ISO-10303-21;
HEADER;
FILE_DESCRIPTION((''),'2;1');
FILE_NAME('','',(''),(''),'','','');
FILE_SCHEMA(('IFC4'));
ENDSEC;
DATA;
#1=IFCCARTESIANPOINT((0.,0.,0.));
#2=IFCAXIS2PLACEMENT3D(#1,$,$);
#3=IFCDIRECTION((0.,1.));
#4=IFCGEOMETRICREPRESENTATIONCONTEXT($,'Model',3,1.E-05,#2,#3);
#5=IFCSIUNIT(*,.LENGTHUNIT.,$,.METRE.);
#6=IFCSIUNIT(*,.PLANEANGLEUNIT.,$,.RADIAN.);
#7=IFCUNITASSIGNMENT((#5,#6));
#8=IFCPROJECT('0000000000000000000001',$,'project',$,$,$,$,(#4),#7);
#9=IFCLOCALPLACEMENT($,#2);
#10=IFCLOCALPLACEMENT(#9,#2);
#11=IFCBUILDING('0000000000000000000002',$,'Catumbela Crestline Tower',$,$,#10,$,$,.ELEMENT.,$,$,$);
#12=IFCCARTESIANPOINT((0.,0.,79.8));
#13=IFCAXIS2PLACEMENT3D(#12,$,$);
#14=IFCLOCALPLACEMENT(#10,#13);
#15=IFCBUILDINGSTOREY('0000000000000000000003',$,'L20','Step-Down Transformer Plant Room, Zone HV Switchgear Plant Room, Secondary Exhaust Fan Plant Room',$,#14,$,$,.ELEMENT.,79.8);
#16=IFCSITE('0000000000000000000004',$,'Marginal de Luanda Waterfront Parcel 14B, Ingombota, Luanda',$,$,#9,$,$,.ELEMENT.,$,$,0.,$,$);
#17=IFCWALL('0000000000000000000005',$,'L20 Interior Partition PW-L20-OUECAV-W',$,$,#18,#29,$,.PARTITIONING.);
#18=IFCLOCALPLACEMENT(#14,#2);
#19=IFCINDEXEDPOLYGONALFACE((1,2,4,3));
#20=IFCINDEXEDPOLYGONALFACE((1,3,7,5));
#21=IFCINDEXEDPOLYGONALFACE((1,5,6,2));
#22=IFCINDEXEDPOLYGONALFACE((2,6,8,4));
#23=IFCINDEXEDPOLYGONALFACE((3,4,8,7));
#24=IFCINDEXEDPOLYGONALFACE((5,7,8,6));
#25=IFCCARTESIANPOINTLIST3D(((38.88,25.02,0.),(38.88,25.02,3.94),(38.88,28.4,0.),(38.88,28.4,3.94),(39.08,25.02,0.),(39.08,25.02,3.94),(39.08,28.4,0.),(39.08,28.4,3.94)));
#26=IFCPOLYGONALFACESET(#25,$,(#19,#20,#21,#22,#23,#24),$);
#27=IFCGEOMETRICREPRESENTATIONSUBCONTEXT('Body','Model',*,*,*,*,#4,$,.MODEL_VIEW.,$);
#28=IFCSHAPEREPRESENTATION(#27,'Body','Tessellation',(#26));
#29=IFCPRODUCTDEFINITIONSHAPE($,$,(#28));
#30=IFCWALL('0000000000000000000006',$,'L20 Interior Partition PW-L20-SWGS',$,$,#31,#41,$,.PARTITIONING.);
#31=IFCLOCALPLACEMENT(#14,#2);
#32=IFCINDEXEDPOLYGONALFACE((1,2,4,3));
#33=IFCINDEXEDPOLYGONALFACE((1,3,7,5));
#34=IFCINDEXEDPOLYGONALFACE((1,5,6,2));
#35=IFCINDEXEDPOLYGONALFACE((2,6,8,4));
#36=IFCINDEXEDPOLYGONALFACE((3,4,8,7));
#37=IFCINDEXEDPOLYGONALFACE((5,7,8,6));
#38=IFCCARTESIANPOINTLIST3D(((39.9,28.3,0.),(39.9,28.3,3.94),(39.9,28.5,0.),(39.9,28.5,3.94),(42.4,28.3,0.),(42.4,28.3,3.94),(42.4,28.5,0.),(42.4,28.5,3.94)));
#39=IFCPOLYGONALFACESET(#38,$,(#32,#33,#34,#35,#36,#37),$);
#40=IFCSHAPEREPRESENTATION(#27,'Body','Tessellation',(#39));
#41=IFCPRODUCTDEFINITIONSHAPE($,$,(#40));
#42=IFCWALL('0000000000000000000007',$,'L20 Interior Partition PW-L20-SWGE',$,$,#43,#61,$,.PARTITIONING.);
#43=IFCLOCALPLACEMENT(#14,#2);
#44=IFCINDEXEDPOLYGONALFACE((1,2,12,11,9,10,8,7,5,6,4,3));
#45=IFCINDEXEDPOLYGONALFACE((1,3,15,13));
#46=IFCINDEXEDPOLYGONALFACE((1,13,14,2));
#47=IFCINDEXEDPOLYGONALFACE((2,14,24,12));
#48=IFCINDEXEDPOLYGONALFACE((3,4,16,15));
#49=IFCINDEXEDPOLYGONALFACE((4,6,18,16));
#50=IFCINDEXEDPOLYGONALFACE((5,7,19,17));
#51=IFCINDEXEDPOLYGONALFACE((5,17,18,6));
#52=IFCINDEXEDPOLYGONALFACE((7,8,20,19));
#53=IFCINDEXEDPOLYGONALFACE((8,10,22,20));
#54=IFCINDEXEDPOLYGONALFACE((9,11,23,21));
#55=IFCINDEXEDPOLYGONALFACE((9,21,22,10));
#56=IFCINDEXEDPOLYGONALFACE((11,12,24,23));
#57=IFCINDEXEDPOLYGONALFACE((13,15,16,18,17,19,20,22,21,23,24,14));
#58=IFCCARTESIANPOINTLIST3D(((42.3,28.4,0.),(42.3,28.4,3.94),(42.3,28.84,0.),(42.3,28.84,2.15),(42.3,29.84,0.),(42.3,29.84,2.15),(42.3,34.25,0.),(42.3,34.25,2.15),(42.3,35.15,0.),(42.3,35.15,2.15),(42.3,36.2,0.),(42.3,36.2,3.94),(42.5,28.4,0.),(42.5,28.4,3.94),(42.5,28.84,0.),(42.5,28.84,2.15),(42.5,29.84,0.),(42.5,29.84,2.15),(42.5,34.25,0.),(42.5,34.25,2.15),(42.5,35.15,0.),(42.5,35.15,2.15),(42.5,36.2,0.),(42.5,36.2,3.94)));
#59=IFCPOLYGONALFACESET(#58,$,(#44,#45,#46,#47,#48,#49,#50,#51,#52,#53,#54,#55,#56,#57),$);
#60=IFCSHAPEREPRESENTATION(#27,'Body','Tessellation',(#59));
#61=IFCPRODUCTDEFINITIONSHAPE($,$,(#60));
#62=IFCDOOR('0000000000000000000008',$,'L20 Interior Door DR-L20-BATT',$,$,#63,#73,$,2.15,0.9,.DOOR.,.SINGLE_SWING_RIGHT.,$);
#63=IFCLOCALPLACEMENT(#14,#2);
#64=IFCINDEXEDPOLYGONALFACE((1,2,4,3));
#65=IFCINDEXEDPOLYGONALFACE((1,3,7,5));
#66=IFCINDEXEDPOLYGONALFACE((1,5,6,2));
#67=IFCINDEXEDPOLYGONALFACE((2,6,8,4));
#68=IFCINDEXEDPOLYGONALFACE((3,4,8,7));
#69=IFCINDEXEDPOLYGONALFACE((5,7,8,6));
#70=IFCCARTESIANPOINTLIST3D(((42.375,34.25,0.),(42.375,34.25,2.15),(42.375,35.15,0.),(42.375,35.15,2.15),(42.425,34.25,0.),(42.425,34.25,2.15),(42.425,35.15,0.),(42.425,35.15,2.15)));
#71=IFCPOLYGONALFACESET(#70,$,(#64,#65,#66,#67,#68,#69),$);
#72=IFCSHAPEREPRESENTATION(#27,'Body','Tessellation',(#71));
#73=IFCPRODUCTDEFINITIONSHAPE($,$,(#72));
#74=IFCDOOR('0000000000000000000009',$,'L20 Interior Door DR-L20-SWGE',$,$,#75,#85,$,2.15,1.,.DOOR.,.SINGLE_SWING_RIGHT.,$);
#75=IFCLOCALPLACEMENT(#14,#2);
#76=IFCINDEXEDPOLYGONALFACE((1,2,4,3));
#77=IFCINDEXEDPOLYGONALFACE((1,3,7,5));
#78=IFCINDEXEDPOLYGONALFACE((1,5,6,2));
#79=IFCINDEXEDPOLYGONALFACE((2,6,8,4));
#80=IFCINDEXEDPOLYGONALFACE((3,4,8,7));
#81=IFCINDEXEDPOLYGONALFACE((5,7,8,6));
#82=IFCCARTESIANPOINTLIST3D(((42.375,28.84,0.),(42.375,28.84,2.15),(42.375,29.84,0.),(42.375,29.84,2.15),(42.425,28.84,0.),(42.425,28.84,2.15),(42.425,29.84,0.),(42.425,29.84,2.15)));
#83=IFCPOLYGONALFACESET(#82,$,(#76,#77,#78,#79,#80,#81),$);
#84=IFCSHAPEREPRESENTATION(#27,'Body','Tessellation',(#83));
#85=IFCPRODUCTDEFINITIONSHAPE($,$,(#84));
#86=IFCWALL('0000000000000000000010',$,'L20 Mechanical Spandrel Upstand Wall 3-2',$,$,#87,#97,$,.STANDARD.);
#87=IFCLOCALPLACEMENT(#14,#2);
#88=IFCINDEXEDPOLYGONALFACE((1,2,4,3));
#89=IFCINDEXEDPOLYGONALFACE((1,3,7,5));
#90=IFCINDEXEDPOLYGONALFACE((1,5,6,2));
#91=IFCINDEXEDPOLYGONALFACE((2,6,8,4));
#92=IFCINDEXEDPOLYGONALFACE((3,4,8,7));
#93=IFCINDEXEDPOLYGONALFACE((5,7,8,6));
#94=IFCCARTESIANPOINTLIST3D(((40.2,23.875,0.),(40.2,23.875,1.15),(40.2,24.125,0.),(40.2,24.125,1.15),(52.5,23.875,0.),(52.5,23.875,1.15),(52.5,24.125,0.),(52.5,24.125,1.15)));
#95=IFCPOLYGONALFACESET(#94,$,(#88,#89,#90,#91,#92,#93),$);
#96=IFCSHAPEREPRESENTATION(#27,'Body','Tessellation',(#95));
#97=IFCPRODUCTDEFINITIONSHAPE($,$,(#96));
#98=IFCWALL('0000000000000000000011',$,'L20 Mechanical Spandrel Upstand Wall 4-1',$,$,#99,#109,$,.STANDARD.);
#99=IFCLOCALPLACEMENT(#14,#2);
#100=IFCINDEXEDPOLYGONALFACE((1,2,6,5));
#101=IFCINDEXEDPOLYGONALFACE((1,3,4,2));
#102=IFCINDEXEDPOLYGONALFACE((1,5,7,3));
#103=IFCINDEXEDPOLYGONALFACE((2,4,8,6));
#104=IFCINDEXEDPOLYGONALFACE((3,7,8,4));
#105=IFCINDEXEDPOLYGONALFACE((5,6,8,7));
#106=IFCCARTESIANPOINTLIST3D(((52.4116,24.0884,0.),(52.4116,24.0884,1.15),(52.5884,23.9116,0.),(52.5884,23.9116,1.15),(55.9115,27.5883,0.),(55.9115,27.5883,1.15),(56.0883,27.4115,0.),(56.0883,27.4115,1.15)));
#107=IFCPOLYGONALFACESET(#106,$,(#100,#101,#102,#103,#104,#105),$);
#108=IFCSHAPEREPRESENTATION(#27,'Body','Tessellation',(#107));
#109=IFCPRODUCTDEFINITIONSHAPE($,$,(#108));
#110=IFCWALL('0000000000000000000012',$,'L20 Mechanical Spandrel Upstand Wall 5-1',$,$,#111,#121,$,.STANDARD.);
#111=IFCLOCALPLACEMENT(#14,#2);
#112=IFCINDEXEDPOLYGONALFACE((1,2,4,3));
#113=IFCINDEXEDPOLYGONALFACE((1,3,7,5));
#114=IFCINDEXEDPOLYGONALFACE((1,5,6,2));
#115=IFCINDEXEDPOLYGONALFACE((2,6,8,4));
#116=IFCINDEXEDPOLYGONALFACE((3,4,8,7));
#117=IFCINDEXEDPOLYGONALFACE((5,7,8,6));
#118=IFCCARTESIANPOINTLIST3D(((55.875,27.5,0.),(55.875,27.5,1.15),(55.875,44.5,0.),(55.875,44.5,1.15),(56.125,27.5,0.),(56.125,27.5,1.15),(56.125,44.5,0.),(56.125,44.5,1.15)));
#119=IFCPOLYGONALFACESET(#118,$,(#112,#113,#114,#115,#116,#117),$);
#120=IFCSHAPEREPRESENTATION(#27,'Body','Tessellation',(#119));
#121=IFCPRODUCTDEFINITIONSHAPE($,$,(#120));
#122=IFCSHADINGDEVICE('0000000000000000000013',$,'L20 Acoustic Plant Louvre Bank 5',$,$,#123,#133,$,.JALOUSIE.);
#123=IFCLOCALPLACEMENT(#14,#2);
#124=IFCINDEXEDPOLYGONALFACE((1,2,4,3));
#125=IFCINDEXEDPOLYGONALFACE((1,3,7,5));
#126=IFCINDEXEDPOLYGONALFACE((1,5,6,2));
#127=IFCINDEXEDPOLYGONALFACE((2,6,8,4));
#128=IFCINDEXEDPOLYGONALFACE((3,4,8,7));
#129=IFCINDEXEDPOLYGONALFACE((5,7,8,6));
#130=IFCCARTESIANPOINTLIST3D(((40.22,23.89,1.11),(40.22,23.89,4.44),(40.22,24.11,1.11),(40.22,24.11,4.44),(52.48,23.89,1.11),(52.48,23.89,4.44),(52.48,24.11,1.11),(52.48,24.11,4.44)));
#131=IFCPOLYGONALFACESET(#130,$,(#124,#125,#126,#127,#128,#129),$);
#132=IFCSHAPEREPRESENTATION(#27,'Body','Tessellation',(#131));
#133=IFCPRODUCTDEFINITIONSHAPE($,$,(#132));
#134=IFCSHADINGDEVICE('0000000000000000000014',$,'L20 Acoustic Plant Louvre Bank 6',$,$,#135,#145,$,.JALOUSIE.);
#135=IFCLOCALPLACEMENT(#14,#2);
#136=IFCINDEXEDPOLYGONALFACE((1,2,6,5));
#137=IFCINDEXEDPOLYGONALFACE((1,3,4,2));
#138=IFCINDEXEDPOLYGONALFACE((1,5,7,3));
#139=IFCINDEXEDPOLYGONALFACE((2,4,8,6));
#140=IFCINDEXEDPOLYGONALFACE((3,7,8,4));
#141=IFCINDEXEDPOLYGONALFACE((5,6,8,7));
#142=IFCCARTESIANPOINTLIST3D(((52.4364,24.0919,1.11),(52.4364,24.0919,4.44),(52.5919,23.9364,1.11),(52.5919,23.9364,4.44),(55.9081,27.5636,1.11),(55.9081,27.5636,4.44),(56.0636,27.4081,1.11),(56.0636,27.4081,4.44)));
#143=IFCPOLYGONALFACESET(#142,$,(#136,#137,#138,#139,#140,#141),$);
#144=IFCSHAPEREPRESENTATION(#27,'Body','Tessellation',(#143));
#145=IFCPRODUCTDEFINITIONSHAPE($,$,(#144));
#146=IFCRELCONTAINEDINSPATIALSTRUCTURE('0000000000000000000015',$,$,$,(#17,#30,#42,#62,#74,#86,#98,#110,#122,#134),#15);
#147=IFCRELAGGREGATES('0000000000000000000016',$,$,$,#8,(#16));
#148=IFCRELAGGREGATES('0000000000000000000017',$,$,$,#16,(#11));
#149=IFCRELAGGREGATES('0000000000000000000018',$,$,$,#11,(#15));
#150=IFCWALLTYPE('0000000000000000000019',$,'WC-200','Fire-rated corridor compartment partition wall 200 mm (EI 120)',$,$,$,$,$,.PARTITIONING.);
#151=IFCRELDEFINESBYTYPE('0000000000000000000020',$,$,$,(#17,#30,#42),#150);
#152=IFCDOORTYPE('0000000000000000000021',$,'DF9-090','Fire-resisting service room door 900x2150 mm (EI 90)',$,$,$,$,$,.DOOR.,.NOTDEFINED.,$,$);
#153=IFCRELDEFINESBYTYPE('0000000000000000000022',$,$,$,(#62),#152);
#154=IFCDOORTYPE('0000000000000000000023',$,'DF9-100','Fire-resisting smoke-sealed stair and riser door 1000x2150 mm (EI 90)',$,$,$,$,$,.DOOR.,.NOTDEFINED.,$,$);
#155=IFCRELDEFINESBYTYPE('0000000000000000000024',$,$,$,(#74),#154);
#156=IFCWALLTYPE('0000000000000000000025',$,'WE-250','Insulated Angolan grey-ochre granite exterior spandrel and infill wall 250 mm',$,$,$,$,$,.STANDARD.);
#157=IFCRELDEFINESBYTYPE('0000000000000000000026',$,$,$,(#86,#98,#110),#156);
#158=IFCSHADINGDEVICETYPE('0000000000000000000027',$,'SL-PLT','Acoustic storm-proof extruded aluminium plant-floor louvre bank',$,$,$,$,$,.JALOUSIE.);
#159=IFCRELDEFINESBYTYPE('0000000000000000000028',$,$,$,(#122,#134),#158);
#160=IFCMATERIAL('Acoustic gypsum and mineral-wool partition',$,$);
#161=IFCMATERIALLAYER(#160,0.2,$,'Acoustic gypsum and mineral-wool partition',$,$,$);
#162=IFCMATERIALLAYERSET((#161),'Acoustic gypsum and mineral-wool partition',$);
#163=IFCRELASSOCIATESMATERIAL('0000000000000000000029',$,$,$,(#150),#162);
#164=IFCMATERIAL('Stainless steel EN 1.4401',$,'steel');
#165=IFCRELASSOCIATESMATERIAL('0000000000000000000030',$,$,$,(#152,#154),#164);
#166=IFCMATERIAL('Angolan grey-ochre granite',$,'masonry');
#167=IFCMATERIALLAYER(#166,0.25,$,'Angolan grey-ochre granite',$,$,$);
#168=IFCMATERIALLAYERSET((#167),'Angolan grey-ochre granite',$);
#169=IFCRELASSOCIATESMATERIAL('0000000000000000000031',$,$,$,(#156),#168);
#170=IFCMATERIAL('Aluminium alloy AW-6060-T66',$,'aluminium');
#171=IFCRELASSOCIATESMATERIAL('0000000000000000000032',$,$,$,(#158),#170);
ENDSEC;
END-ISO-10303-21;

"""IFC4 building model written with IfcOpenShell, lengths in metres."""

from ifc_helpers import new_model, si_unit, direction, frame, frame_2d, origin, origin_2d, place, context, subcontext, project, spatial, rectangle, extrude, material, layer, layer_set, type_object, element, fill, save


model = new_model("IFC4")

# Units and contexts
model_context = context("Model", 3, precision=1e-05, world=origin(), true_north=direction((0.0, 1.0)))
body_context = subcontext(model_context, "Body", "Model", "MODEL_VIEW")
ifc_project = project(units=[si_unit("LENGTHUNIT", "METRE"), si_unit("PLANEANGLEUNIT", "RADIAN")], contexts=[model_context])

# Site, building, storey
site_placement = place(None, origin())
site = spatial("IfcSite", under=ifc_project, at=site_placement, Name="Marginal de Luanda Waterfront Parcel 14B, Ingombota, Luanda", CompositionType="ELEMENT", RefElevation=0.0)
building_placement = place(site_placement, origin())
building = spatial("IfcBuilding", under=site, at=building_placement, Name="Catumbela Crestline Tower", CompositionType="ELEMENT")
storey_placement = place(building_placement, frame((0.0, 0.0, 79.8)))
storey = spatial("IfcBuildingStorey", under=building, at=storey_placement, Name="L20", Description="Step-Down Transformer Plant Room, Zone HV Switchgear Plant Room, Secondary Exhaust Fan Plant Room", CompositionType="ELEMENT", Elevation=79.8)

# Walls
ifc_material_1 = material(Name="Acoustic gypsum and mineral-wool partition")
ifc_layer_1 = layer(ifc_material_1, 0.2, Name="Acoustic gypsum and mineral-wool partition")
ifc_layer_set_1 = layer_set([ifc_layer_1], Name="Acoustic gypsum and mineral-wool partition")
wall_type_1 = type_object("IfcWallType", Name="WC-200", Description="Fire-rated corridor compartment partition wall 200 mm (EI 120)", PredefinedType="PARTITIONING", material=ifc_layer_set_1)
wall_1_placement = place(storey_placement, frame((38.98, 25.02, 0.0), z_axis=(0.0, 0.0, 1.0), x_axis=(0.0, 1.0, 0.0)))
element("IfcWall", 1, at=wall_1_placement, inside=storey, type_object=wall_type_1, Name="L20 Interior Partition PW-L20-OUECAV-W", PredefinedType="PARTITIONING", context=body_context, shape_type="SweptSolid", body=[
    extrude(rectangle(XDim=3.38, YDim=0.2, at=frame_2d((1.69, 0.0))), origin(), (0.0, 0.0, 1.0), 3.94),
])
wall_2_placement = place(storey_placement, frame((39.9, 28.4, 0.0), z_axis=(0.0, 0.0, 1.0), x_axis=(1.0, 0.0, 0.0)))
element("IfcWall", 2, at=wall_2_placement, inside=storey, type_object=wall_type_1, Name="L20 Interior Partition PW-L20-SWGS", PredefinedType="PARTITIONING", context=body_context, shape_type="SweptSolid", body=[
    extrude(rectangle(XDim=2.5, YDim=0.2, at=frame_2d((1.25, 0.0))), origin(), (0.0, 0.0, 1.0), 3.94),
])

# Wall, openings, doors
wall_3_placement = place(storey_placement, frame((42.4, 28.4, 0.0), z_axis=(0.0, 0.0, 1.0), x_axis=(0.0, 1.0, 0.0)))
wall_3 = element("IfcWall", 3, at=wall_3_placement, inside=storey, type_object=wall_type_1, Name="L20 Interior Partition PW-L20-SWGE", PredefinedType="PARTITIONING", context=body_context, shape_type="SweptSolid", body=[
    extrude(rectangle(XDim=7.8, YDim=0.2, at=frame_2d((3.9, 0.0))), origin(), (0.0, 0.0, 1.0), 3.94),
])
opening_1_placement = place(wall_3_placement, frame((0.44, 0.0, 0.0)))
opening_1 = element("IfcOpeningElement", 4, at=opening_1_placement, cuts=wall_3, PredefinedType="OPENING", context=body_context, shape_type="SweptSolid", body=[
    extrude(rectangle(XDim=1.0, YDim=2.15, at=frame_2d((0.5, 1.075))), frame((0.0, 0.11, 0.0), z_axis=(0.0, -1.0, 0.0), x_axis=(1.0, 0.0, 0.0)), (0.0, 0.0, 1.0), 0.22),
])
opening_2_placement = place(wall_3_placement, frame((5.85, 0.0, 0.0)))
opening_2 = element("IfcOpeningElement", 5, at=opening_2_placement, cuts=wall_3, PredefinedType="OPENING", context=body_context, shape_type="SweptSolid", body=[
    extrude(rectangle(XDim=0.9, YDim=2.15, at=frame_2d((0.45, 1.075))), frame((0.0, 0.11, 0.0), z_axis=(0.0, -1.0, 0.0), x_axis=(1.0, 0.0, 0.0)), (0.0, 0.0, 1.0), 0.22),
])
ifc_material_2 = material(Name="Stainless steel EN 1.4401", Category="steel")
door_type_1 = type_object("IfcDoorType", Name="DF9-090", Description="Fire-resisting service room door 900x2150 mm (EI 90)", OperationType="NOTDEFINED", PredefinedType="DOOR", material=ifc_material_2)
door_1_placement = place(opening_2_placement, origin())
door_1 = element("IfcDoor", 6, at=door_1_placement, inside=storey, type_object=door_type_1, Name="L20 Interior Door DR-L20-BATT", OperationType="SINGLE_SWING_RIGHT", OverallHeight=2.15, OverallWidth=0.9, PredefinedType="DOOR", context=body_context, shape_type="SweptSolid", body=[
    extrude(rectangle(XDim=0.9, YDim=2.15, at=frame_2d((0.45, 1.075))), frame((0.0, 0.025, 0.0), z_axis=(0.0, -1.0, 0.0), x_axis=(1.0, 0.0, 0.0)), (0.0, 0.0, 1.0), 0.05),
])
fill(opening_2, door_1)
door_type_2 = type_object("IfcDoorType", Name="DF9-100", Description="Fire-resisting smoke-sealed stair and riser door 1000x2150 mm (EI 90)", OperationType="NOTDEFINED", PredefinedType="DOOR", material=ifc_material_2)
door_2_placement = place(opening_1_placement, origin())
door_2 = element("IfcDoor", 7, at=door_2_placement, inside=storey, type_object=door_type_2, Name="L20 Interior Door DR-L20-SWGE", OperationType="SINGLE_SWING_RIGHT", OverallHeight=2.15, OverallWidth=1.0, PredefinedType="DOOR", context=body_context, shape_type="SweptSolid", body=[
    extrude(rectangle(XDim=1.0, YDim=2.15, at=frame_2d((0.5, 1.075))), frame((0.0, 0.025, 0.0), z_axis=(0.0, -1.0, 0.0), x_axis=(1.0, 0.0, 0.0)), (0.0, 0.0, 1.0), 0.05),
])
fill(opening_1, door_2)

# Walls
ifc_material_3 = material(Name="Angolan grey-ochre granite", Category="masonry")
ifc_layer_2 = layer(ifc_material_3, 0.25, Name="Angolan grey-ochre granite")
ifc_layer_set_2 = layer_set([ifc_layer_2], Name="Angolan grey-ochre granite")
wall_type_2 = type_object("IfcWallType", Name="WE-250", Description="Insulated Angolan grey-ochre granite exterior spandrel and infill wall 250 mm", PredefinedType="STANDARD", material=ifc_layer_set_2)
wall_4_placement = place(storey_placement, frame((40.2, 24.0, 0.0), z_axis=(0.0, 0.0, 1.0), x_axis=(1.0, 0.0, 0.0)))
element("IfcWall", 8, at=wall_4_placement, inside=storey, type_object=wall_type_2, Name="L20 Mechanical Spandrel Upstand Wall 3-2", PredefinedType="STANDARD", context=body_context, shape_type="SweptSolid", body=[
    extrude(rectangle(XDim=12.3, YDim=0.25, at=frame_2d((6.15, 0.0))), origin(), (0.0, 0.0, 1.0), 1.15),
])
wall_5_placement = place(storey_placement, frame((52.5, 24.0, 0.0), z_axis=(0.0, 0.0, 1.0), x_axis=(0.707107, 0.707107, 0.0)))
element("IfcWall", 9, at=wall_5_placement, inside=storey, type_object=wall_type_2, Name="L20 Mechanical Spandrel Upstand Wall 4-1", PredefinedType="STANDARD", context=body_context, shape_type="SweptSolid", body=[
    extrude(rectangle(XDim=4.9497, YDim=0.25, at=frame_2d((2.4748, 0.0))), origin(), (0.0, 0.0, 1.0), 1.15),
])
wall_6_placement = place(storey_placement, frame((56.0, 27.5, 0.0), z_axis=(0.0, 0.0, 1.0), x_axis=(0.0, 1.0, 0.0)))
element("IfcWall", 10, at=wall_6_placement, inside=storey, type_object=wall_type_2, Name="L20 Mechanical Spandrel Upstand Wall 5-1", PredefinedType="STANDARD", context=body_context, shape_type="SweptSolid", body=[
    extrude(rectangle(XDim=17.0, YDim=0.25, at=frame_2d((8.5, 0.0))), origin(), (0.0, 0.0, 1.0), 1.15),
])

# Shading devices
ifc_material_4 = material(Name="Aluminium alloy AW-6060-T66", Category="aluminium")
shading_device_type = type_object("IfcShadingDeviceType", Name="SL-PLT", Description="Acoustic storm-proof extruded aluminium plant-floor louvre bank", PredefinedType="JALOUSIE", material=ifc_material_4)
shading_device_1_placement = place(storey_placement, frame((46.35, 24.0, 1.11), z_axis=(0.0, 0.0, 1.0), x_axis=(1.0, 0.0, 0.0)))
element("IfcShadingDevice", 11, at=shading_device_1_placement, inside=storey, type_object=shading_device_type, Name="L20 Acoustic Plant Louvre Bank 5", PredefinedType="JALOUSIE", context=body_context, shape_type="SweptSolid", body=[
    extrude(rectangle(XDim=12.26, YDim=0.22, at=origin_2d()), origin(), (0.0, 0.0, 1.0), 3.33),
])
shading_device_2_placement = place(storey_placement, frame((54.25, 25.75, 1.11), z_axis=(0.0, 0.0, 1.0), x_axis=(0.707107, 0.707107, 0.0)))
element("IfcShadingDevice", 12, at=shading_device_2_placement, inside=storey, type_object=shading_device_type, Name="L20 Acoustic Plant Louvre Bank 6", PredefinedType="JALOUSIE", context=body_context, shape_type="SweptSolid", body=[
    extrude(rectangle(XDim=4.9097, YDim=0.22, at=origin_2d()), origin(), (0.0, 0.0, 1.0), 3.33),
])

save(model, "model.ifc")
